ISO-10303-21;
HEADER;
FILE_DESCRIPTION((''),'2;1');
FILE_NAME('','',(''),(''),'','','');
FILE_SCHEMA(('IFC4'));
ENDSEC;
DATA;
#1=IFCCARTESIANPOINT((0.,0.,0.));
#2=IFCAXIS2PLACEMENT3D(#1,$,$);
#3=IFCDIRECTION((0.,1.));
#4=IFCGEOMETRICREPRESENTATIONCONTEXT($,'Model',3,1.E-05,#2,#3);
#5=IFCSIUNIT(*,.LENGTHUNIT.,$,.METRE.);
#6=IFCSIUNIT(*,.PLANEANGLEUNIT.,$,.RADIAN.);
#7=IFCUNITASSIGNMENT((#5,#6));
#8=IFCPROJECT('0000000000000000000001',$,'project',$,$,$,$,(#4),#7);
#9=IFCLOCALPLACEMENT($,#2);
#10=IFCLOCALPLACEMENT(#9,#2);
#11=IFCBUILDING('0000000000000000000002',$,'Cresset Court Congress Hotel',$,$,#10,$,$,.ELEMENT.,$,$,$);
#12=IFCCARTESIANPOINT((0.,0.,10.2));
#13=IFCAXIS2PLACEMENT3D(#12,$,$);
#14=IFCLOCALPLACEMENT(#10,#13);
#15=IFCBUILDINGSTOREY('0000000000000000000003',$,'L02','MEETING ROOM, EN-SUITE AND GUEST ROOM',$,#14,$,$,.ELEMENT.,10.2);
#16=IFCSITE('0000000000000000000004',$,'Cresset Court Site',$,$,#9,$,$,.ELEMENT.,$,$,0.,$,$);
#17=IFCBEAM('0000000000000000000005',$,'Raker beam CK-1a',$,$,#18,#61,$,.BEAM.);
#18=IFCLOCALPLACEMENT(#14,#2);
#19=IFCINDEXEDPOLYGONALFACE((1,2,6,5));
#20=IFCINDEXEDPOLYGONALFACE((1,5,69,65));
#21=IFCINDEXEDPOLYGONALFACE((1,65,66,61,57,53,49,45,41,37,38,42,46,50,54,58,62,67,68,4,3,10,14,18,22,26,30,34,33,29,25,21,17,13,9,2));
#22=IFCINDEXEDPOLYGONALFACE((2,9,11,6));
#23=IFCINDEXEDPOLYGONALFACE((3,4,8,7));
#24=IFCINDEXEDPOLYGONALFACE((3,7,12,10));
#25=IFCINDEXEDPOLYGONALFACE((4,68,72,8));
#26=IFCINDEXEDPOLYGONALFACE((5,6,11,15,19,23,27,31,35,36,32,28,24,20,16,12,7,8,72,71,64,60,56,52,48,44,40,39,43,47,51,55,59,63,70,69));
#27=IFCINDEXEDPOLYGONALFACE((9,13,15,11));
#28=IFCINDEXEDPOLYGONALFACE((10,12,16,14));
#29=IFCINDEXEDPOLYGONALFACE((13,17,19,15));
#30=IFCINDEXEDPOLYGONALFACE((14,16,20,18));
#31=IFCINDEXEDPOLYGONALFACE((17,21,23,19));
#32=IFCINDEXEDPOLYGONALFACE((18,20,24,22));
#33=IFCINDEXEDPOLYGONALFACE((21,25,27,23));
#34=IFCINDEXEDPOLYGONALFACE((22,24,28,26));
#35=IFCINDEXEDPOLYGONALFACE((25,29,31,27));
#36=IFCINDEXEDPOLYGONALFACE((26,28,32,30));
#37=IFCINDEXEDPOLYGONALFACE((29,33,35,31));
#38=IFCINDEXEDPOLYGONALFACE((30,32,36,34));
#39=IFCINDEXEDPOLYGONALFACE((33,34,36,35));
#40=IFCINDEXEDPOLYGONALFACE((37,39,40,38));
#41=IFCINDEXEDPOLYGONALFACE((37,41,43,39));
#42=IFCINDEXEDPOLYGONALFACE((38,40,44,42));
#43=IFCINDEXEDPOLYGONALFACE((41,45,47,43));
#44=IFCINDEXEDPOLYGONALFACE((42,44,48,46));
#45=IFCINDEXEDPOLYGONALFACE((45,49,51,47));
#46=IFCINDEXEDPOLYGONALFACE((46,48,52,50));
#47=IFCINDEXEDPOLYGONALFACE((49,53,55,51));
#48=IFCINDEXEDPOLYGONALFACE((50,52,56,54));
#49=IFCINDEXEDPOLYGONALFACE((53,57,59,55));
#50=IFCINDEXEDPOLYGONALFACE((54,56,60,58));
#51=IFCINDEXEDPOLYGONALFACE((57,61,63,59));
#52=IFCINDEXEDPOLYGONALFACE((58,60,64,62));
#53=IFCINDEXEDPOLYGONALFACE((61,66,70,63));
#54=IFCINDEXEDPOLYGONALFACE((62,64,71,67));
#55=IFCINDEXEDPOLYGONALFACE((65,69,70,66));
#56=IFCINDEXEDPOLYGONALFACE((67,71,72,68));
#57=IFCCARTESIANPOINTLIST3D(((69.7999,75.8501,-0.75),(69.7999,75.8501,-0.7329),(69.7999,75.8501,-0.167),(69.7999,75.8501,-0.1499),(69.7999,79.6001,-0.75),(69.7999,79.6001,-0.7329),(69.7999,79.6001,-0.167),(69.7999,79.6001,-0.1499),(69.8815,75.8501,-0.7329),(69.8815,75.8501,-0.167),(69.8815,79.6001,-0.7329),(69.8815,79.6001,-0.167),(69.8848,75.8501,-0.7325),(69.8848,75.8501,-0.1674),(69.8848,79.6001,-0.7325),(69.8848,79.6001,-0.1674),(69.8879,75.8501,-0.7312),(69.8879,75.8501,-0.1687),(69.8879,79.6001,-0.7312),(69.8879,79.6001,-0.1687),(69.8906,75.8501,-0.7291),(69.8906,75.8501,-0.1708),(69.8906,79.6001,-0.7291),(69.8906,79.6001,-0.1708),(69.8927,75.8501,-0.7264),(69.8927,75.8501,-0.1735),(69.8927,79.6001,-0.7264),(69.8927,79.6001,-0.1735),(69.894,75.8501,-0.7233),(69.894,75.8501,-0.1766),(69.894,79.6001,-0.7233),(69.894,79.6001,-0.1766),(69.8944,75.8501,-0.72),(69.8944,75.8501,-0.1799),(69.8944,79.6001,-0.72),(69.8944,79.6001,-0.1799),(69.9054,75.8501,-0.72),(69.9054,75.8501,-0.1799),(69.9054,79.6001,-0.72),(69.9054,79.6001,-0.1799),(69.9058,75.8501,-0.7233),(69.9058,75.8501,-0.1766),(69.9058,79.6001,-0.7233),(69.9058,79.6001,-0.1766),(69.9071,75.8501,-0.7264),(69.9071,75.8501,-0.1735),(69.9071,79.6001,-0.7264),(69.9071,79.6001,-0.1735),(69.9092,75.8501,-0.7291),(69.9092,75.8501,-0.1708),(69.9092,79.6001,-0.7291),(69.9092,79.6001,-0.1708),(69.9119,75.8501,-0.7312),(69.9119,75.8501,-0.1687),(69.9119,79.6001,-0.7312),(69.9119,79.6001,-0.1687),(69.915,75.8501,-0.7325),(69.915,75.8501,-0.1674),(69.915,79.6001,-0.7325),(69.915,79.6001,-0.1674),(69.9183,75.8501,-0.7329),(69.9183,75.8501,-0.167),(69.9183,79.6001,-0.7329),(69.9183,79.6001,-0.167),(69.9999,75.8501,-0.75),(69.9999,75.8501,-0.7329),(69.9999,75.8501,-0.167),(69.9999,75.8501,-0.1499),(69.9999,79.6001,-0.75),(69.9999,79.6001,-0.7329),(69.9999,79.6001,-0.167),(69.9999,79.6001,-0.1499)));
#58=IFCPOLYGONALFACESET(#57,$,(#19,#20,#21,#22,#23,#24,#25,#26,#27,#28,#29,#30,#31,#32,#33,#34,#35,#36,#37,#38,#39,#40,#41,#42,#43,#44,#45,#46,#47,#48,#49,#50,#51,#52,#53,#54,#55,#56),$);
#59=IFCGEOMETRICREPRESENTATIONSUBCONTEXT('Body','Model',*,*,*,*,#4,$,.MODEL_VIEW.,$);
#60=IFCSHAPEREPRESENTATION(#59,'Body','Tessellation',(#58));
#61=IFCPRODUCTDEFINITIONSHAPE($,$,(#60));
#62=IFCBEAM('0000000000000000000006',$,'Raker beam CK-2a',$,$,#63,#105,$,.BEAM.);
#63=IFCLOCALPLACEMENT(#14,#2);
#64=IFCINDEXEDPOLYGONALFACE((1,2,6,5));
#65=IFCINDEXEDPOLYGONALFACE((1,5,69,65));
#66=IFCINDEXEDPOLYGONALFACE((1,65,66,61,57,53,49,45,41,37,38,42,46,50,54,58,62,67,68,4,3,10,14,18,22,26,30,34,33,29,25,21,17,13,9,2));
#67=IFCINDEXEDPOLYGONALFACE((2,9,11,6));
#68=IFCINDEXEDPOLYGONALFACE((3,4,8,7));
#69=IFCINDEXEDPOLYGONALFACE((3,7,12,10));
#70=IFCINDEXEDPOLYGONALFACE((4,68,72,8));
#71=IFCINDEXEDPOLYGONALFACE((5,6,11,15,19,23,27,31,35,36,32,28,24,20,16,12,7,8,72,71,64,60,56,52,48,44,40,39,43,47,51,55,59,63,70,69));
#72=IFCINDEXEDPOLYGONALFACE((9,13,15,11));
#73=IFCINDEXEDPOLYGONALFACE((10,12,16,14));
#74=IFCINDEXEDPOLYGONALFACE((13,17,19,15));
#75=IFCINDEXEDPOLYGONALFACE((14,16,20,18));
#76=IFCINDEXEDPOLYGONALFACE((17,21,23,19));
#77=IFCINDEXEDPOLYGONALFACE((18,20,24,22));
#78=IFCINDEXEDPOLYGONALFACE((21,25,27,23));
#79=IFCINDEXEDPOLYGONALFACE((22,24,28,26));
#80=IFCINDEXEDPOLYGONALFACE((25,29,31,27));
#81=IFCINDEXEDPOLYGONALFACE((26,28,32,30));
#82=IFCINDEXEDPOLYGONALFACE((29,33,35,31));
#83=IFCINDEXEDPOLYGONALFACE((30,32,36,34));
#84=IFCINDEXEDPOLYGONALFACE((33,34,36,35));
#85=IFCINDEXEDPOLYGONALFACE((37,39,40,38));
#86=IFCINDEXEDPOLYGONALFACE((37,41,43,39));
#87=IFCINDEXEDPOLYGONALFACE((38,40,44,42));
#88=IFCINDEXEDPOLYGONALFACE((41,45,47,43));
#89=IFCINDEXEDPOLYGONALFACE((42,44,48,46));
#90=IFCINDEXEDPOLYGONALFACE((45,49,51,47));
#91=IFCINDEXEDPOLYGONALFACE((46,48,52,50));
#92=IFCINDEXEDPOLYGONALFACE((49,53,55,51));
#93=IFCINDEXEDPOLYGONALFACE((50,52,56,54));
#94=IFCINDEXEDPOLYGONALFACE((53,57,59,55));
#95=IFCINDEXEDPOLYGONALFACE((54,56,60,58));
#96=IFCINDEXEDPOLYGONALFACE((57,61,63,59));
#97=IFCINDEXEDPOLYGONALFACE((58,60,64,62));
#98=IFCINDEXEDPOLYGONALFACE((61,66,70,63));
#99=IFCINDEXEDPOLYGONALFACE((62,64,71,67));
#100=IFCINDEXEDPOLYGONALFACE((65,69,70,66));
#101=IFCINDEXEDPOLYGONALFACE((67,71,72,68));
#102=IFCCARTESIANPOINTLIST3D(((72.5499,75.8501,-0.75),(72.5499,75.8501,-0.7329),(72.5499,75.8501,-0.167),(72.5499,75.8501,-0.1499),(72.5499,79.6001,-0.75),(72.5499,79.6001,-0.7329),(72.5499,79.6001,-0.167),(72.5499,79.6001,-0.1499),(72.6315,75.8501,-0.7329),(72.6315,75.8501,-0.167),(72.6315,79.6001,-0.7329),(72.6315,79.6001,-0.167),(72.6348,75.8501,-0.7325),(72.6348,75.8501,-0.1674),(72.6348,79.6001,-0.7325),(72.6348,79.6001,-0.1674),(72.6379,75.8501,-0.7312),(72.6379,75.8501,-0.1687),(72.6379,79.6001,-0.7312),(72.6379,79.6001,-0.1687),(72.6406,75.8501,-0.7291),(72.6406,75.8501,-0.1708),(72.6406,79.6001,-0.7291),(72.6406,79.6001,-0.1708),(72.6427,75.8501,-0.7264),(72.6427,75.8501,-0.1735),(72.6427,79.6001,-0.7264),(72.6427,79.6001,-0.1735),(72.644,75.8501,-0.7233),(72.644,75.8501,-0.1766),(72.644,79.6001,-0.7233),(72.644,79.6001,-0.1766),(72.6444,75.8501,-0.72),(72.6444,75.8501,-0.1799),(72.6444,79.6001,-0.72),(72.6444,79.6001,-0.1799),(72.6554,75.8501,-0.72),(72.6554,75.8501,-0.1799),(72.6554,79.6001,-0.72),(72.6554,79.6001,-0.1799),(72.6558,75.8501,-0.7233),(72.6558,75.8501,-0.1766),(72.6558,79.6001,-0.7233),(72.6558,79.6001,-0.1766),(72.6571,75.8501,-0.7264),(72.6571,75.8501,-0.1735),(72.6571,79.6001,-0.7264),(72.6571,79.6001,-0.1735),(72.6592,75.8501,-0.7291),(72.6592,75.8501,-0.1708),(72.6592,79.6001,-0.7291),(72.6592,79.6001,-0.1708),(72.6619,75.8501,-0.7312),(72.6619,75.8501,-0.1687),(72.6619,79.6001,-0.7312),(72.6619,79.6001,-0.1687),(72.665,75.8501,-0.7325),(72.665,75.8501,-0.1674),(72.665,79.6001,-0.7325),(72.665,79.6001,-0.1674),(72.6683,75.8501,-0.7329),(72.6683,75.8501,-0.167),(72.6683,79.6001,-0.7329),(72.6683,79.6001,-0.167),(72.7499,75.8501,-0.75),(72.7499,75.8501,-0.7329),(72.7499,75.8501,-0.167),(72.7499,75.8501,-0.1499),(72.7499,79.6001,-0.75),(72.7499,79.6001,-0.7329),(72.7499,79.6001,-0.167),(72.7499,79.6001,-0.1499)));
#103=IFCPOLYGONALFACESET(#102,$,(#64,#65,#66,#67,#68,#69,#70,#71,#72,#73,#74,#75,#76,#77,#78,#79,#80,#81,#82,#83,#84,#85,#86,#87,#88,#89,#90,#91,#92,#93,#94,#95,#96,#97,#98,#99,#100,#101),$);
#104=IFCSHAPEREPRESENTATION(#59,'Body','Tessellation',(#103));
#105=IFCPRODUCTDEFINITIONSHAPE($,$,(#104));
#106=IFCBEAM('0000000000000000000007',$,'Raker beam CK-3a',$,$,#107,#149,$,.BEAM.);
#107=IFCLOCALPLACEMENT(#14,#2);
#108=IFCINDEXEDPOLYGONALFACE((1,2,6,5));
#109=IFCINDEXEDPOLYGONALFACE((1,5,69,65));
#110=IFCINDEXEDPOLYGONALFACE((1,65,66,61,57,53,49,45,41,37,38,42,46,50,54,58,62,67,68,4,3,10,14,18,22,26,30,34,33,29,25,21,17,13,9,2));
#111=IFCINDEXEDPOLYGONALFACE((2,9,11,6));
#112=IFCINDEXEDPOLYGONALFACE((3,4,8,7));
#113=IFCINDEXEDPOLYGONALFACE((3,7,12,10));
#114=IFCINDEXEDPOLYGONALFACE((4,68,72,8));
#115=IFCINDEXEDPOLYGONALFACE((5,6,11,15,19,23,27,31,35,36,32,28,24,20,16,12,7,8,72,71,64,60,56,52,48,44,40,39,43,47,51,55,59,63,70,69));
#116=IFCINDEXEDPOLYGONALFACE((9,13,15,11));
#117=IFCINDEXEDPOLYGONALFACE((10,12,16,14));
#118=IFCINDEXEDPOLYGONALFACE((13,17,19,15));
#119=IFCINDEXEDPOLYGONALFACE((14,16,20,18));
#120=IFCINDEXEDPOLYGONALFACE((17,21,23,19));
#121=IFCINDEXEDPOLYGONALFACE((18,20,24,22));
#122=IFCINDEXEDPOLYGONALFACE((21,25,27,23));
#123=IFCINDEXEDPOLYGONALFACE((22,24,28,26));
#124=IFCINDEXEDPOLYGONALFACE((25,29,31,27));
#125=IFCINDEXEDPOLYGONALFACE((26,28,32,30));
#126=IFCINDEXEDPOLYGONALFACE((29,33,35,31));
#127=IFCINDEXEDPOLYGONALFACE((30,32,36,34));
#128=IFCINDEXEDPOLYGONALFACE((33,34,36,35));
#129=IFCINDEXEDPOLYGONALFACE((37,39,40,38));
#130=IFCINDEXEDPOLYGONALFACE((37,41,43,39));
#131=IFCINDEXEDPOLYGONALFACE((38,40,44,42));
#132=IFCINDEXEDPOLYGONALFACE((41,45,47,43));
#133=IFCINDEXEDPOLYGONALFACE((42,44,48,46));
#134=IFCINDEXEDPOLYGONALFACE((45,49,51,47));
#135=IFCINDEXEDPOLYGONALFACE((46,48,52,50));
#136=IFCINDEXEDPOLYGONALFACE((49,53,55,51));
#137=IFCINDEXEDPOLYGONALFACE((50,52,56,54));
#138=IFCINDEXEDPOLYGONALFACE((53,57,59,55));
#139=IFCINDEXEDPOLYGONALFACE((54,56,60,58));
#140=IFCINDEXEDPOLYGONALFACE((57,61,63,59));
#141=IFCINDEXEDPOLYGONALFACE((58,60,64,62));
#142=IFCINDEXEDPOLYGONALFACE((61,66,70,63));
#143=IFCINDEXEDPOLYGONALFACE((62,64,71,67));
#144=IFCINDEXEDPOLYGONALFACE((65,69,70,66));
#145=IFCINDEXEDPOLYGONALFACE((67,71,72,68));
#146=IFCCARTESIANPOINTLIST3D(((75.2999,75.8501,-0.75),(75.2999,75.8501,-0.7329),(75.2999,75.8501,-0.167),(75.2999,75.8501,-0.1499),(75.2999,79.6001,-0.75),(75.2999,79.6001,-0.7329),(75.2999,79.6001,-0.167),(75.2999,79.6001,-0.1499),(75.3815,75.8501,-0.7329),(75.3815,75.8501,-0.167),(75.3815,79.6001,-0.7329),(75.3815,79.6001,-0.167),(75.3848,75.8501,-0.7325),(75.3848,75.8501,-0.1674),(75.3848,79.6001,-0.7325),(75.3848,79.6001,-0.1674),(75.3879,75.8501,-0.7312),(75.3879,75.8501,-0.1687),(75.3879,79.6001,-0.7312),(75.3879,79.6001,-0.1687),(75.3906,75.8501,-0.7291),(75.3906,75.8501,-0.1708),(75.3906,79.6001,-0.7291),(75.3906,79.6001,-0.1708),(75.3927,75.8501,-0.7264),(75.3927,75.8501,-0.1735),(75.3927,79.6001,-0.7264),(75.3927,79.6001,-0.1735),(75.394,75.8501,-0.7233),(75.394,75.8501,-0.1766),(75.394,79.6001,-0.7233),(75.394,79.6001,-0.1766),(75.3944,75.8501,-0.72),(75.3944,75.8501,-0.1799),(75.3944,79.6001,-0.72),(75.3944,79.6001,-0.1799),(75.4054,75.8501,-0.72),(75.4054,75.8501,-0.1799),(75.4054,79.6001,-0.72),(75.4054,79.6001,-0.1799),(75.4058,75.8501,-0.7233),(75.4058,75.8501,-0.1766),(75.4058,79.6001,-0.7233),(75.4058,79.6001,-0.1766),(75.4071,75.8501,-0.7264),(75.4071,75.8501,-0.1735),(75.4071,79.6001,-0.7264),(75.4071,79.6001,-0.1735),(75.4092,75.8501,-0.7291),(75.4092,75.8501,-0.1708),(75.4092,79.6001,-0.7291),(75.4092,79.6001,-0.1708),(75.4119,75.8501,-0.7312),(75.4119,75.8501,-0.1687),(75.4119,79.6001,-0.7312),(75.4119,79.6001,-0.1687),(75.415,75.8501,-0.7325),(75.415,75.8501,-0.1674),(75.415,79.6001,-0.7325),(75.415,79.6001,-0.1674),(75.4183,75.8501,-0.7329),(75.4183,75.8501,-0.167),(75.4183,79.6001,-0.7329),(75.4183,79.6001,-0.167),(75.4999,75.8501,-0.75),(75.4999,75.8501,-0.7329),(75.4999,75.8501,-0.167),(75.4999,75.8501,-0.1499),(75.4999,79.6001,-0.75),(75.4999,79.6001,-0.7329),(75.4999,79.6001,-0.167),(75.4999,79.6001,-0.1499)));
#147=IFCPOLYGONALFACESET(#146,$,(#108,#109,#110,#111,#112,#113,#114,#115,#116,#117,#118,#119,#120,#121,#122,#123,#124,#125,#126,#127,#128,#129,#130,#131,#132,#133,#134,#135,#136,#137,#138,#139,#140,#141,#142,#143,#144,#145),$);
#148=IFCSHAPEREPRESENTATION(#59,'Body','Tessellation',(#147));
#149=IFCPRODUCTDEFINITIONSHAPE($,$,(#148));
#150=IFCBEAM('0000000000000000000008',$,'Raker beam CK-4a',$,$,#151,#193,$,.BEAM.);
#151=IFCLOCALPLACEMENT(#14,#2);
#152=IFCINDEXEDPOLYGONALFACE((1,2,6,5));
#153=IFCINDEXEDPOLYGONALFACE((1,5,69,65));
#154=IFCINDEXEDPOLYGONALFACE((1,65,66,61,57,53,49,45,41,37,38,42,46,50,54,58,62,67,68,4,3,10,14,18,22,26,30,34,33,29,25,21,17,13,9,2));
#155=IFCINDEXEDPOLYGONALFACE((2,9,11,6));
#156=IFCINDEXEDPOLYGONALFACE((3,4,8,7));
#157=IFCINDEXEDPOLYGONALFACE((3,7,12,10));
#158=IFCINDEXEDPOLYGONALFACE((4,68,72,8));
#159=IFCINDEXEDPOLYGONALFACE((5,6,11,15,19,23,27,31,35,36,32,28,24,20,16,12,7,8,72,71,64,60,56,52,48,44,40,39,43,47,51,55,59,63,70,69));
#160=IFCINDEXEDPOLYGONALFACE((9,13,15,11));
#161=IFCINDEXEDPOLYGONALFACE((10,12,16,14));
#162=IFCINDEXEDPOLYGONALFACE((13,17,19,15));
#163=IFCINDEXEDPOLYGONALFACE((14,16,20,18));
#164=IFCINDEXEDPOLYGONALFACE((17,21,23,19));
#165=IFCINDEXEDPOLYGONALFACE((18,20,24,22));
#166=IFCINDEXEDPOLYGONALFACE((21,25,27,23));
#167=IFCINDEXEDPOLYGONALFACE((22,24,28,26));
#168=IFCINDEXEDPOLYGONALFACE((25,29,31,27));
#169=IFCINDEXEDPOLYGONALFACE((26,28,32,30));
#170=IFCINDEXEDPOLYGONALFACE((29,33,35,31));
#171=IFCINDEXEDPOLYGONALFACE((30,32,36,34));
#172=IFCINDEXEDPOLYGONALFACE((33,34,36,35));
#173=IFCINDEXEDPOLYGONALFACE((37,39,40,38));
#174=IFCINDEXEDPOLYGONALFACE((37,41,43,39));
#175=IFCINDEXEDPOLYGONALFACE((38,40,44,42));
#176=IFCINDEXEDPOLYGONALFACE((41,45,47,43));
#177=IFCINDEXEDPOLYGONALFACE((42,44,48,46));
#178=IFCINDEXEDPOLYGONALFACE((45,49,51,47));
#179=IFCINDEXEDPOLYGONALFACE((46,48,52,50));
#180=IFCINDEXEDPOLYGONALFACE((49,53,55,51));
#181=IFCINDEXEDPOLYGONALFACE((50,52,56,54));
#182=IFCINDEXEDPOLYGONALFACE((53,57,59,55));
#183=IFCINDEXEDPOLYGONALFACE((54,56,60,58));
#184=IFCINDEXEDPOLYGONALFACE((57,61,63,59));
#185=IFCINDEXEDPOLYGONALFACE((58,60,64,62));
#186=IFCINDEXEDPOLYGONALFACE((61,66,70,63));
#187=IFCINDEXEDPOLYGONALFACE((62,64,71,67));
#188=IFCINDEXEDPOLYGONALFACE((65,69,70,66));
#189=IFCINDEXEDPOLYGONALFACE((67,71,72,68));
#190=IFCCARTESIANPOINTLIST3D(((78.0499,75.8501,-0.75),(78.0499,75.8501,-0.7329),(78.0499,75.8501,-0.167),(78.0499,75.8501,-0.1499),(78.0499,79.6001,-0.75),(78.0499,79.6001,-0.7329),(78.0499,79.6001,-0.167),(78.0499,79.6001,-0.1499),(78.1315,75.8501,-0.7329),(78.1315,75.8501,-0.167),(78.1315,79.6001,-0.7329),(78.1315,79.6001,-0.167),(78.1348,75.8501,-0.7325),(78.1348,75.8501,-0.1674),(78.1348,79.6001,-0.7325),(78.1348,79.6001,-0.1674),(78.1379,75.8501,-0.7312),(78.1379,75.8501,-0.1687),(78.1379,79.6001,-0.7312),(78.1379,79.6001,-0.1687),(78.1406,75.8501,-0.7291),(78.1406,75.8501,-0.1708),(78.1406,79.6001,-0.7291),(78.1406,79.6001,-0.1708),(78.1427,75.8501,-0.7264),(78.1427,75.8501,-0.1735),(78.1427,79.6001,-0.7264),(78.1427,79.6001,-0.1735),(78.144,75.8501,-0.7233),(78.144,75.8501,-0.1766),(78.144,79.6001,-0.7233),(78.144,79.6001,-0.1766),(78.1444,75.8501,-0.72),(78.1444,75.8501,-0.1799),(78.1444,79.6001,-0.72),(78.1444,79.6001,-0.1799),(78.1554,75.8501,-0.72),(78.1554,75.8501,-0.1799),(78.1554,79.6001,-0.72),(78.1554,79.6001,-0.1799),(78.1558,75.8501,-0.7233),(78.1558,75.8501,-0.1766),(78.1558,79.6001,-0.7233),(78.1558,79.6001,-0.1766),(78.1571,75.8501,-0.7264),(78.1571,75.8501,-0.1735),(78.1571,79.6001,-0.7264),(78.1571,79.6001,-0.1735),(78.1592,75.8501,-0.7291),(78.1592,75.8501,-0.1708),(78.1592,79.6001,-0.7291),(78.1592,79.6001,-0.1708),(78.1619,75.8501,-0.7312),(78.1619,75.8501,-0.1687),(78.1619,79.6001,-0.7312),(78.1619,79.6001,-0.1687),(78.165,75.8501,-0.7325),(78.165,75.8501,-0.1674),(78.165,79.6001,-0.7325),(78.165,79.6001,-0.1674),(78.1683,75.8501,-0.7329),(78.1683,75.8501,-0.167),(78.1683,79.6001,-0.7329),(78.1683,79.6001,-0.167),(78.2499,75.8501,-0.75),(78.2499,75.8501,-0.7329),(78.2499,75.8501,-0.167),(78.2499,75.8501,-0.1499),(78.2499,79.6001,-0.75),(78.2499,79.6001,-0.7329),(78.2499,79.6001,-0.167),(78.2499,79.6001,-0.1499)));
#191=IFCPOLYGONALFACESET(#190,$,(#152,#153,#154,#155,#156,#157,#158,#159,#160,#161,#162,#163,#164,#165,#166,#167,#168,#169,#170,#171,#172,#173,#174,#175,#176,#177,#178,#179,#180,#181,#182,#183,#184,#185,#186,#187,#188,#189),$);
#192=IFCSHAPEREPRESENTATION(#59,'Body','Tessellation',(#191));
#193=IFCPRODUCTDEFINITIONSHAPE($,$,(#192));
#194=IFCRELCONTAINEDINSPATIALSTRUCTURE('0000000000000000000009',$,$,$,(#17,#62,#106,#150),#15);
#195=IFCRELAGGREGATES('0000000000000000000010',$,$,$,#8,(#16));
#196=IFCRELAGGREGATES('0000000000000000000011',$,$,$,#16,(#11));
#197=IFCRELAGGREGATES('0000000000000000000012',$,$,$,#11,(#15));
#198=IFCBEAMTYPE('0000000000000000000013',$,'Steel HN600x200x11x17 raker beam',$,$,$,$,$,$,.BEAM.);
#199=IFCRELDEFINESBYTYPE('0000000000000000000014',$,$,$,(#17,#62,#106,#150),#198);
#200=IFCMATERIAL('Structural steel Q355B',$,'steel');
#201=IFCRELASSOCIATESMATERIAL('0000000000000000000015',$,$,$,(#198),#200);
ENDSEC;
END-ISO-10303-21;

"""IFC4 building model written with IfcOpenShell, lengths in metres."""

from ifc_helpers import new_model, si_unit, direction, frame, origin, origin_2d, place, context, subcontext, project, spatial, i_section, extrude, material, material_profile, profile_set, type_object, element, save


model = new_model("IFC4")

# Units and contexts
model_context = context("Model", 3, precision=1e-05, world=origin(), true_north=direction((0.0, 1.0)))
body_context = subcontext(model_context, "Body", "Model", "MODEL_VIEW")
ifc_project = project(units=[si_unit("LENGTHUNIT", "METRE"), si_unit("PLANEANGLEUNIT", "RADIAN")], contexts=[model_context])

# Site, building, storey
site_placement = place(None, origin())
site = spatial("IfcSite", under=ifc_project, at=site_placement, Name="Cresset Court Site", CompositionType="ELEMENT", RefElevation=0.0)
building_placement = place(site_placement, origin())
building = spatial("IfcBuilding", under=site, at=building_placement, Name="Cresset Court Congress Hotel", CompositionType="ELEMENT")
storey_placement = place(building_placement, frame((0.0, 0.0, 10.2)))
storey = spatial("IfcBuildingStorey", under=building, at=storey_placement, Name="L02", Description="MEETING ROOM, EN-SUITE AND GUEST ROOM", CompositionType="ELEMENT", Elevation=10.2)

# Beams
ifc_material_1 = material(Name="Structural steel Q355B", Category="steel")
ifc_material_profile_1 = material_profile(ifc_material_1, i_section(OverallWidth=0.2, OverallDepth=0.6001, WebThickness=0.011, FlangeThickness=0.0171, FilletRadius=0.0129, at=origin_2d()), Name="HN600x200x11x17")
ifc_profile_set_1 = profile_set([ifc_material_profile_1], Name="Structural steel Q355B")
beam_type_1 = type_object("IfcBeamType", Name="Steel HN600x200x11x17 raker beam", PredefinedType="BEAM", material=ifc_profile_set_1)
for number, where, z_axis, x_axis, name in (
    (1, (69.8999, 75.8501, -0.45), (0.0, 1.0, 0.0), (-1.0, 0.0, 0.0), "Raker beam CK-1a"),
    (2, (72.6499, 75.8501, -0.45), (0.0, 1.0, 0.0), (-1.0, 0.0, 0.0), "Raker beam CK-2a"),
    (3, (75.3999, 75.8501, -0.45), (0.0, 1.0, 0.0), (-1.0, 0.0, 0.0), "Raker beam CK-3a"),
    (4, (78.1499, 75.8501, -0.45), (0.0, 1.0, 0.0), (-1.0, 0.0, 0.0), "Raker beam CK-4a"),
):
    element("IfcBeam", number, at=place(storey_placement, frame(where, z_axis=z_axis, x_axis=x_axis)), inside=storey, type_object=beam_type_1, Name=name, PredefinedType="BEAM", context=body_context, shape_type="SweptSolid", body=[
        extrude(i_section(OverallWidth=0.2, OverallDepth=0.6001, WebThickness=0.011, FlangeThickness=0.0171, FilletRadius=0.0129, at=origin_2d()), origin(), (0.0, 0.0, 1.0), 3.75),
    ])

save(model, "model.ifc")
